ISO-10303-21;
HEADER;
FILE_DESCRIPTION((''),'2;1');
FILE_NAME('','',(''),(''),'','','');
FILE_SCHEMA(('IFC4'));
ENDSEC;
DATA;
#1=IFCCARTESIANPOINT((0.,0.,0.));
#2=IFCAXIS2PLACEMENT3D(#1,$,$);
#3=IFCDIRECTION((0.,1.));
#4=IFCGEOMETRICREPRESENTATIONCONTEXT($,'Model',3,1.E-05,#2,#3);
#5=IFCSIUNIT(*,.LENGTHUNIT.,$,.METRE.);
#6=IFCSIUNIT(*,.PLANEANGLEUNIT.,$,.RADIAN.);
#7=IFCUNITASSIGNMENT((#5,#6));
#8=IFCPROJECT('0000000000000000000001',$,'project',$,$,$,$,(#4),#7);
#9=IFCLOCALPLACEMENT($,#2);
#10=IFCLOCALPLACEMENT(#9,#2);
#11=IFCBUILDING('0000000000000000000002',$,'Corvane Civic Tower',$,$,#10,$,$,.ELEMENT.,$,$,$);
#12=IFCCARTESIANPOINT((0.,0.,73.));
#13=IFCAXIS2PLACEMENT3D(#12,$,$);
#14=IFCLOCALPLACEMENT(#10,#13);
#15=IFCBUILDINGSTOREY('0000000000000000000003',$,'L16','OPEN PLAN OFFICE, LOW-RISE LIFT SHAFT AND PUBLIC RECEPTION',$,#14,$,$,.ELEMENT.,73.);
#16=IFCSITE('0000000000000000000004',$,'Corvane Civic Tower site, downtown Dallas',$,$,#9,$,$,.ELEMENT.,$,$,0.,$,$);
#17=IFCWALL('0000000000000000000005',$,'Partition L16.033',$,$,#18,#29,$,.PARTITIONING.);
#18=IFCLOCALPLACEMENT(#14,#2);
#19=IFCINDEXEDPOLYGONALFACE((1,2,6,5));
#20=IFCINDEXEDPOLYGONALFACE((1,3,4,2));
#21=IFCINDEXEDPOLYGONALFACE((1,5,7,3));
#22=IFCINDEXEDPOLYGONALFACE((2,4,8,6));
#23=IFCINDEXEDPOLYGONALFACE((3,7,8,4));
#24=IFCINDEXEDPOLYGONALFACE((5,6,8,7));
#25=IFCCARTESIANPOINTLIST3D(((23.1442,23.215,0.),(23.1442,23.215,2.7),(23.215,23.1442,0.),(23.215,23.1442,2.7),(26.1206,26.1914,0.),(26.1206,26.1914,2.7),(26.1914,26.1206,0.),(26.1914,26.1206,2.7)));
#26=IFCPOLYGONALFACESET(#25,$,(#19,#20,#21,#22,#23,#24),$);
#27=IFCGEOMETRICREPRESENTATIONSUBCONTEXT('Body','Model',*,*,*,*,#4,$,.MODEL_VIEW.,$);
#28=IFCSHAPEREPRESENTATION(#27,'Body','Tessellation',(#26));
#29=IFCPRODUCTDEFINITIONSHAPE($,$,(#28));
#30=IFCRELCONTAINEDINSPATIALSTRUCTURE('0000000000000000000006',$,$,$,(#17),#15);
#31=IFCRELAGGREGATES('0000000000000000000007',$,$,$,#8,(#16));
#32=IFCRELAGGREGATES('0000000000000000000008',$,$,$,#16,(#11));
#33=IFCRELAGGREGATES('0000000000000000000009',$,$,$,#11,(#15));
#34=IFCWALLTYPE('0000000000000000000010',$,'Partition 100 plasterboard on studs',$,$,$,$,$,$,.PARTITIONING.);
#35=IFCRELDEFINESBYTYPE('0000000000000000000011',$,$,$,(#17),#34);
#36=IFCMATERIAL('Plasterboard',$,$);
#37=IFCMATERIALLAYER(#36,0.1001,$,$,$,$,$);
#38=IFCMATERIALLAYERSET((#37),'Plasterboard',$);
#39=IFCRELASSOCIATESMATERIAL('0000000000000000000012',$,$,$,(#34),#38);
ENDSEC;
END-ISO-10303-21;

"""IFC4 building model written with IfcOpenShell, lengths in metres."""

from ifc_helpers import new_model, si_unit, direction, frame, frame_2d, origin, place, context, subcontext, project, spatial, rectangle, extrude, material, layer, layer_set, type_object, element, save


model = new_model("IFC4")

# Units and contexts
model_context = context("Model", 3, precision=1e-05, world=origin(), true_north=direction((0.0, 1.0)))
body_context = subcontext(model_context, "Body", "Model", "MODEL_VIEW")
ifc_project = project(units=[si_unit("LENGTHUNIT", "METRE"), si_unit("PLANEANGLEUNIT", "RADIAN")], contexts=[model_context])

# Site, building, storey
site_placement = place(None, origin())
site = spatial("IfcSite", under=ifc_project, at=site_placement, Name="Corvane Civic Tower site, downtown Dallas", CompositionType="ELEMENT", RefElevation=0.0)
building_placement = place(site_placement, origin())
building = spatial("IfcBuilding", under=site, at=building_placement, Name="Corvane Civic Tower", CompositionType="ELEMENT")
storey_placement = place(building_placement, frame((0.0, 0.0, 73.0)))
storey = spatial("IfcBuildingStorey", under=building, at=storey_placement, Name="L16", Description="OPEN PLAN OFFICE, LOW-RISE LIFT SHAFT AND PUBLIC RECEPTION", CompositionType="ELEMENT", Elevation=73.0)

# Wall
ifc_material_1 = material(Name="Plasterboard")
ifc_layer_1 = layer(ifc_material_1, 0.1001)
ifc_layer_set_1 = layer_set([ifc_layer_1], Name="Plasterboard")
wall_type = type_object("IfcWallType", Name="Partition 100 plasterboard on studs", PredefinedType="PARTITIONING", material=ifc_layer_set_1)
wall_placement = place(storey_placement, frame((23.1797, 23.1797, 0.0), z_axis=(0.0, 0.0, 1.0), x_axis=(0.707107, 0.707107, 0.0)))
element("IfcWall", 1, at=wall_placement, inside=storey, type_object=wall_type, Name="Partition L16.033", PredefinedType="PARTITIONING", context=body_context, shape_type="SweptSolid", body=[
    extrude(rectangle(XDim=4.2092, YDim=0.1001, at=frame_2d((2.1045, 0.0))), origin(), (0.0, 0.0, 1.0), 2.7),
])

save(model, "model.ifc")
